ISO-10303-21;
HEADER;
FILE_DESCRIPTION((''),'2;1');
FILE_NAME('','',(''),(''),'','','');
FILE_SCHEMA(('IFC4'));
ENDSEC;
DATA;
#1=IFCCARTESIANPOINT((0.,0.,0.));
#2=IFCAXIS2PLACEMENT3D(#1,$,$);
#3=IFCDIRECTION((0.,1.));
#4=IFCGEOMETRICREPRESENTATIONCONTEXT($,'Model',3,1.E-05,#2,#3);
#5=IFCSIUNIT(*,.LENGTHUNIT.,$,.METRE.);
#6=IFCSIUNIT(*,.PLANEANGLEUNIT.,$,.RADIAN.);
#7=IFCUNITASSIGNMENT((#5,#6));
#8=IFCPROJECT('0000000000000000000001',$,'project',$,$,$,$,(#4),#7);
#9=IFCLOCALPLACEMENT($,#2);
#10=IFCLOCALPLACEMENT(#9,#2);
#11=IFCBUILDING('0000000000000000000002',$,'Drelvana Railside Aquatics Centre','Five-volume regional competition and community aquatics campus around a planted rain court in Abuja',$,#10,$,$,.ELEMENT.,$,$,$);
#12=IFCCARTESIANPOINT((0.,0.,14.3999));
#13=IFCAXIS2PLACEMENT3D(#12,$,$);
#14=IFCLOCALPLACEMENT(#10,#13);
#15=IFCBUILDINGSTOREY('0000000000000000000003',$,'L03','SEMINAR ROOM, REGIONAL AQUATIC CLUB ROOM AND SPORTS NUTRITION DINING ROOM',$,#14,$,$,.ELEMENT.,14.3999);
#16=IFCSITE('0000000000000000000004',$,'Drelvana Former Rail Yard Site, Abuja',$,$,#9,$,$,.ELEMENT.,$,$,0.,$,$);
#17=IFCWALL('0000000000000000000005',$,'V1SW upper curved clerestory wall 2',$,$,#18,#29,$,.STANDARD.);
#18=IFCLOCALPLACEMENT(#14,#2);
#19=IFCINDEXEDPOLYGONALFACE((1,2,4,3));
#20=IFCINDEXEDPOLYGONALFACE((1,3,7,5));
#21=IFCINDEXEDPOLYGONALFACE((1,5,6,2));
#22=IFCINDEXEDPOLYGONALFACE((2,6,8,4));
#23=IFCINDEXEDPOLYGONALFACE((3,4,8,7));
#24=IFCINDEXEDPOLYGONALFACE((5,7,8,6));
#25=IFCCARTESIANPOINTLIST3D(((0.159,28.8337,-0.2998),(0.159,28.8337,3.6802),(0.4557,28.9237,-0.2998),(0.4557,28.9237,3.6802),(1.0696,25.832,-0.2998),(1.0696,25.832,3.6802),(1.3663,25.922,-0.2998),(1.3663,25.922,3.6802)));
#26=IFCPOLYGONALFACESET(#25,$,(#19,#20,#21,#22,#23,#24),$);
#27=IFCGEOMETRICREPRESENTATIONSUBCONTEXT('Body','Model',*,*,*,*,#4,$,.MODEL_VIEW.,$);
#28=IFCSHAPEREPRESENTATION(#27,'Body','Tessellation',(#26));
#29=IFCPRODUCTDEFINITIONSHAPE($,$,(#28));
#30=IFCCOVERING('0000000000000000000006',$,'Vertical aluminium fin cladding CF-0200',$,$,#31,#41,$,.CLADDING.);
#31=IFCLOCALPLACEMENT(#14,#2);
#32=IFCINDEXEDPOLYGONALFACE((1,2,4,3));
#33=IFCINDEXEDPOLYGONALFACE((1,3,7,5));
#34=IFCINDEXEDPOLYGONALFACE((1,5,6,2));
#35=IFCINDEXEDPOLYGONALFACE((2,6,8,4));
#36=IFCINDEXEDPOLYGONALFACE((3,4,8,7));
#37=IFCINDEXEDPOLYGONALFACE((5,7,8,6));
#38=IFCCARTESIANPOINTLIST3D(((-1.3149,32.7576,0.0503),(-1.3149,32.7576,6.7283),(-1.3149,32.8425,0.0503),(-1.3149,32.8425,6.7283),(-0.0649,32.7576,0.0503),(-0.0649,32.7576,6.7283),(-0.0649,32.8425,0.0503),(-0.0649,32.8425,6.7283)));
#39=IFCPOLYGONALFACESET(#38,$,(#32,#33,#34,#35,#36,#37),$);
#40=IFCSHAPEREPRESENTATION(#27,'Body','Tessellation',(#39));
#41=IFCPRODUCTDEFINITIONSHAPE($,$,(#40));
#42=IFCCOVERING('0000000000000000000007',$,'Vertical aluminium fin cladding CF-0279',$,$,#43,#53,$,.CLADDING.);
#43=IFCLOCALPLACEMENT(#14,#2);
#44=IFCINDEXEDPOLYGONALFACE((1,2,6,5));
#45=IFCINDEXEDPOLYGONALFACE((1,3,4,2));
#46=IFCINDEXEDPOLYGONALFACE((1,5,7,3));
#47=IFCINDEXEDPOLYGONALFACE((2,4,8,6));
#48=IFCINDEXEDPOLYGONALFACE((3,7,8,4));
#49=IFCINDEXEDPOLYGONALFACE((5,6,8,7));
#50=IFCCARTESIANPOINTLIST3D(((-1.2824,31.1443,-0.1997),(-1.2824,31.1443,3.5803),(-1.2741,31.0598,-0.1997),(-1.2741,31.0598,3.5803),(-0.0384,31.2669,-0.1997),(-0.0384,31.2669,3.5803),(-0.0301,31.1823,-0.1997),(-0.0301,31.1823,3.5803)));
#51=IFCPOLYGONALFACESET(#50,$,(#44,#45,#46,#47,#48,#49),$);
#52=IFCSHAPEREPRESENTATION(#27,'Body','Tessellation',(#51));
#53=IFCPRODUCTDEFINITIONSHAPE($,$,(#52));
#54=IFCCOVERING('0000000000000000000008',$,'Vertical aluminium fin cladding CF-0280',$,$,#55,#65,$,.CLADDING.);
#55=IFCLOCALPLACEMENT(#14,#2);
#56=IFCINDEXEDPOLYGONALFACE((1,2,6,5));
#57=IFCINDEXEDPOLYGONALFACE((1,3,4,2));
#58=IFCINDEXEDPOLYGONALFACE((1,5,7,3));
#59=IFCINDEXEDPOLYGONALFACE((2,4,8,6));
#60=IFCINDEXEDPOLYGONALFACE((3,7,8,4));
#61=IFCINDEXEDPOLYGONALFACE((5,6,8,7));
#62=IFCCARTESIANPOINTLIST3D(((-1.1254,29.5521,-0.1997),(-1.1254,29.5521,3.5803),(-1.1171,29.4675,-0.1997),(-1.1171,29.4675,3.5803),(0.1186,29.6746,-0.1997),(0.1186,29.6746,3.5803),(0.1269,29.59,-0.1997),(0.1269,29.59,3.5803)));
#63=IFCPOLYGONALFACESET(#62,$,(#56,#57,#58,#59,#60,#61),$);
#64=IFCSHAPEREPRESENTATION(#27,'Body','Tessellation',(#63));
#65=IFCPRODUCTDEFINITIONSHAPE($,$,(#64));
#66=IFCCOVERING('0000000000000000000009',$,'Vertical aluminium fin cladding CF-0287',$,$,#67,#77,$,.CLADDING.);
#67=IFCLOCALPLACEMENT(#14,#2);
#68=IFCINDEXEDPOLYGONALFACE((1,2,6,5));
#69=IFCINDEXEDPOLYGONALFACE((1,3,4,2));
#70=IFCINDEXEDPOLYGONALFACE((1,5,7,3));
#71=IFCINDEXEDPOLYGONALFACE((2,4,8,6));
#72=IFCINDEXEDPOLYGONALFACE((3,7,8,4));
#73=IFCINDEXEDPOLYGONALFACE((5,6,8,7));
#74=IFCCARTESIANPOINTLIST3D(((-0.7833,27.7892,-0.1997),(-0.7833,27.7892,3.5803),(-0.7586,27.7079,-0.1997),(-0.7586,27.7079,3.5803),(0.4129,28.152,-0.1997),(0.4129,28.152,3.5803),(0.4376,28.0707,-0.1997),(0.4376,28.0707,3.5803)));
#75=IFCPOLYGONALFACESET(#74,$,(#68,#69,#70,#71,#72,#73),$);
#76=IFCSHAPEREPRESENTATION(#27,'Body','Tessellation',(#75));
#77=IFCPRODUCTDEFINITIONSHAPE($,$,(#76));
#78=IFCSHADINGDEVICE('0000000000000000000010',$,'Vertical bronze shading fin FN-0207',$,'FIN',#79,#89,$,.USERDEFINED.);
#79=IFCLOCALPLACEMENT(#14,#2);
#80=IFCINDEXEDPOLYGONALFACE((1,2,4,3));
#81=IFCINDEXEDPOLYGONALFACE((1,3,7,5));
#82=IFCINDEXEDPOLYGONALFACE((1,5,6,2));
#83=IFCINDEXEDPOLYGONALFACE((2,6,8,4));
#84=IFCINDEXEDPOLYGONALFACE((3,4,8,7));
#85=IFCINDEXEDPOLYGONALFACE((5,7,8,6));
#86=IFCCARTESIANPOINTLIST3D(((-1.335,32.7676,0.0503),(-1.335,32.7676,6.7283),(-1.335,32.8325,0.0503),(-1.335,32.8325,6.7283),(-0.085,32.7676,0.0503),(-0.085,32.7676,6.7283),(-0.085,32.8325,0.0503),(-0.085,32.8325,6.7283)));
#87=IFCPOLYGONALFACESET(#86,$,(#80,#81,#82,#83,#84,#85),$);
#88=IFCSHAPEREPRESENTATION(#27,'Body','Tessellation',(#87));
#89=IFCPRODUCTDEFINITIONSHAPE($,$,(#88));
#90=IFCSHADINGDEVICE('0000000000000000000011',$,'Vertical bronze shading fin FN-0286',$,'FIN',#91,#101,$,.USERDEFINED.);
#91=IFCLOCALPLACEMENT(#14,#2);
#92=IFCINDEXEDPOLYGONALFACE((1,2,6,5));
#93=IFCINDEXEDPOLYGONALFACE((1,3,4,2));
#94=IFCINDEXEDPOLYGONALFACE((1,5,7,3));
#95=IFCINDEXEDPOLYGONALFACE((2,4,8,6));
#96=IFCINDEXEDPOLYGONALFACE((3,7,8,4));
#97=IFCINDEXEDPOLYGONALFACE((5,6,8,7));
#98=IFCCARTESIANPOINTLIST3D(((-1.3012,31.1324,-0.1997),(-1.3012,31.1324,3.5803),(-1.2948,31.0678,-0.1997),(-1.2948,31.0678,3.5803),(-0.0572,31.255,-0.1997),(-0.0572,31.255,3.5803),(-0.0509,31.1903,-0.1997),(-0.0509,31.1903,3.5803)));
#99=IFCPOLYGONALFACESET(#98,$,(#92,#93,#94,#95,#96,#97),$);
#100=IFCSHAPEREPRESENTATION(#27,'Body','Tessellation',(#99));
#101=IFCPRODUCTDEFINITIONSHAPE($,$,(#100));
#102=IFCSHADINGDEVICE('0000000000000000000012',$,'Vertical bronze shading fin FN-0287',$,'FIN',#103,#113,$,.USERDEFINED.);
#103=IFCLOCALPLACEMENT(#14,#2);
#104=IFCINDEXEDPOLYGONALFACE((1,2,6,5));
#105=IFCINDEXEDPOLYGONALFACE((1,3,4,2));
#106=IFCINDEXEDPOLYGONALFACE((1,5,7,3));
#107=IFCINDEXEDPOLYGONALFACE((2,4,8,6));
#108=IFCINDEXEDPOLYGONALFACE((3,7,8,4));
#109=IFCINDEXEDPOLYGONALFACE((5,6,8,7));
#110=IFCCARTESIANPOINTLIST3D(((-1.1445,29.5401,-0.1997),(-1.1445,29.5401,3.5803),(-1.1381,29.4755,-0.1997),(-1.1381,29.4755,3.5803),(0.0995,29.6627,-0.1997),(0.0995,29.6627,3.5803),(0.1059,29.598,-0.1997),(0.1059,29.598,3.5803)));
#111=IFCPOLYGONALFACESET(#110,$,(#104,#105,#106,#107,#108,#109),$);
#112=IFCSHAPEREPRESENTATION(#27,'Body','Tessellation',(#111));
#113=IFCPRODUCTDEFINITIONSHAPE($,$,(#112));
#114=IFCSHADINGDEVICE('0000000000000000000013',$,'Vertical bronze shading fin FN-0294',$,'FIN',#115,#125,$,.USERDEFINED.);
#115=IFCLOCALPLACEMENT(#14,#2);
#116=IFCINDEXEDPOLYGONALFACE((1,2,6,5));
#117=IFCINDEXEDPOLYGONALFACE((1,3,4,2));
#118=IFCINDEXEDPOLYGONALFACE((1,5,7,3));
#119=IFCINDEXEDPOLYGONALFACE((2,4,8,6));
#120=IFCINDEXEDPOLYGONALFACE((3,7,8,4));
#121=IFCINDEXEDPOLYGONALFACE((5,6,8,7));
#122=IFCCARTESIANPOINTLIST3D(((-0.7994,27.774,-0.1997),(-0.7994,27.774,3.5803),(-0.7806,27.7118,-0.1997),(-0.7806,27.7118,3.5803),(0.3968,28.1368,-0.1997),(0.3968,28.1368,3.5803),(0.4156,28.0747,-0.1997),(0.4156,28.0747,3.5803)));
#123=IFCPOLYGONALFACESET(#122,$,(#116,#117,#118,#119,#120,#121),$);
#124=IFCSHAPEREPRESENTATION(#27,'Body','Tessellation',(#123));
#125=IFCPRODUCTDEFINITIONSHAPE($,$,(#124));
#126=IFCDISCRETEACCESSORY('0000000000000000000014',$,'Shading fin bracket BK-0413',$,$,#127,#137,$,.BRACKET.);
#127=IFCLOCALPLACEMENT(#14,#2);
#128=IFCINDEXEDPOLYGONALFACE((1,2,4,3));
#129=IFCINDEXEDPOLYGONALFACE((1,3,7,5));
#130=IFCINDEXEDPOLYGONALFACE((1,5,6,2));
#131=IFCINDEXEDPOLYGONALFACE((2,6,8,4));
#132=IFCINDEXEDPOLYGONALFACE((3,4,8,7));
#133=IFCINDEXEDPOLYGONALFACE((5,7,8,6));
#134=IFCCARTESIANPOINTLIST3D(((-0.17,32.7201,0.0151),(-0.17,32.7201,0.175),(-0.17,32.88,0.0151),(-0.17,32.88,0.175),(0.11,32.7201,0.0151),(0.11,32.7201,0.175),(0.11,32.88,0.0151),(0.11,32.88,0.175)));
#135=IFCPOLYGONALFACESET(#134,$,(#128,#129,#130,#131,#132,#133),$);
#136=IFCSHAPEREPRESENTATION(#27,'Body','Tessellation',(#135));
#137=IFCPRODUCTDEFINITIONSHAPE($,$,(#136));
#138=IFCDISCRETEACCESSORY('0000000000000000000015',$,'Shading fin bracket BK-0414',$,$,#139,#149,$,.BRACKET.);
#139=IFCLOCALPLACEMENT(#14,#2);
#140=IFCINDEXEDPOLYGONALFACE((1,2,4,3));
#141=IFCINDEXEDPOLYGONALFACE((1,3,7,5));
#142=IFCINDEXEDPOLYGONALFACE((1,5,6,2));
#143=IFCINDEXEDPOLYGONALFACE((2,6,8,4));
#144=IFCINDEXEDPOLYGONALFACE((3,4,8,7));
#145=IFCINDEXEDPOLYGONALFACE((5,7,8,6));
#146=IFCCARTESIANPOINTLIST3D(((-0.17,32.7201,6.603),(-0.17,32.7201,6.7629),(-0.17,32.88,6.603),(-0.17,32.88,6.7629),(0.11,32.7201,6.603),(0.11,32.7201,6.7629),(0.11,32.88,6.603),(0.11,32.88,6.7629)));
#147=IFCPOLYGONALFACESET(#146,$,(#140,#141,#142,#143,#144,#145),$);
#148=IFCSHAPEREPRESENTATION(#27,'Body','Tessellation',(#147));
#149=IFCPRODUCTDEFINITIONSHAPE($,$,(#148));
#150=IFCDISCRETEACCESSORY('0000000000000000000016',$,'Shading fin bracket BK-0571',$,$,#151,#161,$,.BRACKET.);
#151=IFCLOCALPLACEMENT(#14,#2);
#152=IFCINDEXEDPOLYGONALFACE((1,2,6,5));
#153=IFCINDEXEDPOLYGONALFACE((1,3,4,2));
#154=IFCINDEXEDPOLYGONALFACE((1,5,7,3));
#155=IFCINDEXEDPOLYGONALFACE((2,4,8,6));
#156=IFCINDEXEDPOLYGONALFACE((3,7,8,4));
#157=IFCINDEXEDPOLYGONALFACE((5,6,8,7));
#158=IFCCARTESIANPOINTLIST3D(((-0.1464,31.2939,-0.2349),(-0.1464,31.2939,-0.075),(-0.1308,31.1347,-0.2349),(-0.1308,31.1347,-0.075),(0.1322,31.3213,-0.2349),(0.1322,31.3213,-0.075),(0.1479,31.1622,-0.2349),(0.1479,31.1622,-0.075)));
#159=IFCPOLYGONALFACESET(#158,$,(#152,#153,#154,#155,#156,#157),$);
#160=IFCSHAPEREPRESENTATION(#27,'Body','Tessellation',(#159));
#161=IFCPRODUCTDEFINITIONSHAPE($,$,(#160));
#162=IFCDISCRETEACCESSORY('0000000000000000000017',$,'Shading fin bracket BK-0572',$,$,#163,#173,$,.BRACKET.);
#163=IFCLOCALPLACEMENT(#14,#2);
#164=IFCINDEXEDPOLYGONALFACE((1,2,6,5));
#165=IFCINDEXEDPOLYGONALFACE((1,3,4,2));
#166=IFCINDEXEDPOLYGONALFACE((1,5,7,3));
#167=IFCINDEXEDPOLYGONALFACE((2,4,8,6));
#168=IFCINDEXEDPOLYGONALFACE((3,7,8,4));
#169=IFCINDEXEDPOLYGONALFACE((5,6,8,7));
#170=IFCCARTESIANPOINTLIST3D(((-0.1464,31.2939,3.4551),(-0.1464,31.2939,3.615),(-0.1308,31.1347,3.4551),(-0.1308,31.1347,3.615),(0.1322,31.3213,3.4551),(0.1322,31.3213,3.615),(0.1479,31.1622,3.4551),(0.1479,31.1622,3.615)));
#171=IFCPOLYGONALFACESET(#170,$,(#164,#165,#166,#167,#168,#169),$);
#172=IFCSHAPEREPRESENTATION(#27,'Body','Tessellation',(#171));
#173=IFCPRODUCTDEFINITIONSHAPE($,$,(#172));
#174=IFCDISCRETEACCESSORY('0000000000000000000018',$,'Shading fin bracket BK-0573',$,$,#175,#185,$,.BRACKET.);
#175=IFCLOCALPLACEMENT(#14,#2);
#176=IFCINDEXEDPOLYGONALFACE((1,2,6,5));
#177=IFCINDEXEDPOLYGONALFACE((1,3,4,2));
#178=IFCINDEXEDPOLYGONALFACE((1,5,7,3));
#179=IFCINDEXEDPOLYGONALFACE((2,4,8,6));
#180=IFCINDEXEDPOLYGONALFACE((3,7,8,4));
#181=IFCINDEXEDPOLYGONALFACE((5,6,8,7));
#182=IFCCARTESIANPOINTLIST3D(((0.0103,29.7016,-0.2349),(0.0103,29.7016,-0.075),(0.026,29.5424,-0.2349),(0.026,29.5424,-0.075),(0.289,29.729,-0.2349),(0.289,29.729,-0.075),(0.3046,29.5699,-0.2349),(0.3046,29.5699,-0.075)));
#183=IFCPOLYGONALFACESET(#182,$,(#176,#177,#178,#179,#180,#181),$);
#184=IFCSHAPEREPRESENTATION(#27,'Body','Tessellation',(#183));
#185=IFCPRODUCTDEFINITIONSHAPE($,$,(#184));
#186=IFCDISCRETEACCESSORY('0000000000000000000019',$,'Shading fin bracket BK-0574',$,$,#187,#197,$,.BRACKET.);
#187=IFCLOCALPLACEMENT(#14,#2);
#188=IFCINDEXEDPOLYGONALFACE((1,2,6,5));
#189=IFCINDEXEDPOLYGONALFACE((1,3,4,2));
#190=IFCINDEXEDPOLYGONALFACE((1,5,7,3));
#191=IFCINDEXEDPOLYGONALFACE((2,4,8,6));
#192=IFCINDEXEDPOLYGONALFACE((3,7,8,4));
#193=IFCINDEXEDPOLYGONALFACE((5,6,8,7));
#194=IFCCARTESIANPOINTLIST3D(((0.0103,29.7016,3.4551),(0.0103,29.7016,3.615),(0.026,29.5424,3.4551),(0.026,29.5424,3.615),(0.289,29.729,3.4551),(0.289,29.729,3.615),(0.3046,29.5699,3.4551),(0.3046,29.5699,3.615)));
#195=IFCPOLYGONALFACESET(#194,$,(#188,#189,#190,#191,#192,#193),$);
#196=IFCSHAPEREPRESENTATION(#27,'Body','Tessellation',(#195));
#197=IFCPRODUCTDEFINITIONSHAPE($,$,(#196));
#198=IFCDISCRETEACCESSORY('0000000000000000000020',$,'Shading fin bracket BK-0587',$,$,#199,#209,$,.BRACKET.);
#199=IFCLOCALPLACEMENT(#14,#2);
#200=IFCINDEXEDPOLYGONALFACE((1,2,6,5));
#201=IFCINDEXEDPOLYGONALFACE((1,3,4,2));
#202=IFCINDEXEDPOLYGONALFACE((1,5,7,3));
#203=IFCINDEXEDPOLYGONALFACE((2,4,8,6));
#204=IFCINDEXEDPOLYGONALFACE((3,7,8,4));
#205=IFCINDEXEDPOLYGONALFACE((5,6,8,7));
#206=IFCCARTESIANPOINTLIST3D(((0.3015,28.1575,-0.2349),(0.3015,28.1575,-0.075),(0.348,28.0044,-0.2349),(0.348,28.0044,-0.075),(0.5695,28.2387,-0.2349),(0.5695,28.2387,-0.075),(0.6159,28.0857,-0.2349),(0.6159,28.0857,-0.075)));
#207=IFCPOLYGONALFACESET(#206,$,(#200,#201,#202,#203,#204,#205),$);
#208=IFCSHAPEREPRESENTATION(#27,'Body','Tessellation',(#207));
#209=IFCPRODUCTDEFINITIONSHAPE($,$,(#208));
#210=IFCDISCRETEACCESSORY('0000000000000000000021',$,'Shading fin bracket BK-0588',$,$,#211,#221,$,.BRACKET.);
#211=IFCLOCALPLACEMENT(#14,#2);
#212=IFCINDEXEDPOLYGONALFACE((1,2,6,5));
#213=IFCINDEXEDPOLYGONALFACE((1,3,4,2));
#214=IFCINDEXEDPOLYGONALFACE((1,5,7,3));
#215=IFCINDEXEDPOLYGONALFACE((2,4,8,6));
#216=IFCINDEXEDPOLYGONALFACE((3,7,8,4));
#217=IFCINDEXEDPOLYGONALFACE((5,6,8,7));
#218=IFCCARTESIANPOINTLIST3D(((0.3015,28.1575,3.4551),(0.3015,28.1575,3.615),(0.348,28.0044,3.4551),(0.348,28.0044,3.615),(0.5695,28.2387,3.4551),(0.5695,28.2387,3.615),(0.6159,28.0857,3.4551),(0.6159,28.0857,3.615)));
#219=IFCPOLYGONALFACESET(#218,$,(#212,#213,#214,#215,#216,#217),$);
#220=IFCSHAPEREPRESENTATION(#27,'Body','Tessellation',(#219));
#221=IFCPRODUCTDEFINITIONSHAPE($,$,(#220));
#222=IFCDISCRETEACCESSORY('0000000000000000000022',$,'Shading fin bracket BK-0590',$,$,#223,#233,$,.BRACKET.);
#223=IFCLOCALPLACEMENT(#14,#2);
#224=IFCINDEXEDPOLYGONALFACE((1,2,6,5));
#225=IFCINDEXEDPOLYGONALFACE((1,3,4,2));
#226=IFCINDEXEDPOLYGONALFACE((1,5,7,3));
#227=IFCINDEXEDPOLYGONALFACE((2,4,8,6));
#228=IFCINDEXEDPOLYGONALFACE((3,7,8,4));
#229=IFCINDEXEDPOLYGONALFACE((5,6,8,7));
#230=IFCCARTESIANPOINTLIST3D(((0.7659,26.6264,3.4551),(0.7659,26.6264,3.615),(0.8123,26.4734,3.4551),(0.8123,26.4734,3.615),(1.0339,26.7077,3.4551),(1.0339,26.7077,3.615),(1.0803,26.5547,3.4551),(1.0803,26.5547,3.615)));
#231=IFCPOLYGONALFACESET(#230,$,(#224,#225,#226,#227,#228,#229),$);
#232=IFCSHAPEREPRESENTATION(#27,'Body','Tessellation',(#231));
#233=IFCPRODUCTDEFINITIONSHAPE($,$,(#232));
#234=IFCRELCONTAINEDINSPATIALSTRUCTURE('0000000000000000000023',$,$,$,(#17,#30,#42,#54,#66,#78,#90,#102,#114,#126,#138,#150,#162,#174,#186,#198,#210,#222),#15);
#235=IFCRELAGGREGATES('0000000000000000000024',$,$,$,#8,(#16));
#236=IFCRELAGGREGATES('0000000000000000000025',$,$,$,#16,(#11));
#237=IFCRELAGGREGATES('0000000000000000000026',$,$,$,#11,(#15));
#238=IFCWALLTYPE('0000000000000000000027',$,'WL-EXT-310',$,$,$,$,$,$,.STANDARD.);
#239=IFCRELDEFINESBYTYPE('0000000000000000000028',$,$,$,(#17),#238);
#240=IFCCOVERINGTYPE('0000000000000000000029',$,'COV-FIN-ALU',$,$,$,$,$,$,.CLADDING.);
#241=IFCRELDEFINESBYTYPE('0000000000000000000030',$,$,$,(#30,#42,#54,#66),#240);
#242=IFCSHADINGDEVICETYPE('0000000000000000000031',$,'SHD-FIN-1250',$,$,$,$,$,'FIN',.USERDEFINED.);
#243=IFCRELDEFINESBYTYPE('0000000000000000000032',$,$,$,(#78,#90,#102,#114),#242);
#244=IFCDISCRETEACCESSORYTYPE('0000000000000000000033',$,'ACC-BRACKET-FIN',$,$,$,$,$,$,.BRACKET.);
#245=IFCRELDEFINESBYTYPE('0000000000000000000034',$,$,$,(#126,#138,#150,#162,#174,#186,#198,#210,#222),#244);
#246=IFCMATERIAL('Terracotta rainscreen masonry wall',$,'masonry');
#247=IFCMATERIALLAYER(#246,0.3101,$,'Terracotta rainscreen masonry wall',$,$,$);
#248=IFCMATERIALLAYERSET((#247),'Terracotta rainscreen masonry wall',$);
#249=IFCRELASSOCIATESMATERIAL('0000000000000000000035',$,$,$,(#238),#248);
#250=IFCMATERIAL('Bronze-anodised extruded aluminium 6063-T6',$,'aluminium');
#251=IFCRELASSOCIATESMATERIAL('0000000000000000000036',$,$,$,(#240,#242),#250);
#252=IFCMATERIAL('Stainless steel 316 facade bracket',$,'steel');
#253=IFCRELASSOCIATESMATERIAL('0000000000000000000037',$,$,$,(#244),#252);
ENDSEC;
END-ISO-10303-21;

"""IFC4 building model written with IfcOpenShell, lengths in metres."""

from ifc_helpers import new_model, si_unit, direction, frame, frame_2d, origin, origin_2d, place, context, subcontext, project, spatial, rectangle, extrude, material, layer, layer_set, type_object, element, save


model = new_model("IFC4")

# Units and contexts
model_context = context("Model", 3, precision=1e-05, world=origin(), true_north=direction((0.0, 1.0)))
body_context = subcontext(model_context, "Body", "Model", "MODEL_VIEW")
ifc_project = project(units=[si_unit("LENGTHUNIT", "METRE"), si_unit("PLANEANGLEUNIT", "RADIAN")], contexts=[model_context])

# Site, building, storey
site_placement = place(None, origin())
site = spatial("IfcSite", under=ifc_project, at=site_placement, Name="Drelvana Former Rail Yard Site, Abuja", CompositionType="ELEMENT", RefElevation=0.0)
building_placement = place(site_placement, origin())
building = spatial("IfcBuilding", under=site, at=building_placement, Name="Drelvana Railside Aquatics Centre", Description="Five-volume regional competition and community aquatics campus around a planted rain court in Abuja", CompositionType="ELEMENT")
storey_placement = place(building_placement, frame((0.0, 0.0, 14.3999)))
storey = spatial("IfcBuildingStorey", under=building, at=storey_placement, Name="L03", Description="SEMINAR ROOM, REGIONAL AQUATIC CLUB ROOM AND SPORTS NUTRITION DINING ROOM", CompositionType="ELEMENT", Elevation=14.3999)

# Wall
ifc_material_1 = material(Name="Terracotta rainscreen masonry wall", Category="masonry")
ifc_layer_1 = layer(ifc_material_1, 0.3101, Name="Terracotta rainscreen masonry wall")
ifc_layer_set_1 = layer_set([ifc_layer_1], Name="Terracotta rainscreen masonry wall")
wall_type = type_object("IfcWallType", Name="WL-EXT-310", PredefinedType="STANDARD", material=ifc_layer_set_1)
wall_1_placement = place(storey_placement, frame((0.3074, 28.8787, -0.2998), z_axis=(0.0, 0.0, 1.0), x_axis=(0.29031, -0.956933, 0.0)))
element("IfcWall", 1, at=wall_1_placement, inside=storey, type_object=wall_type, Name="V1SW upper curved clerestory wall 2", PredefinedType="STANDARD", context=body_context, shape_type="SweptSolid", body=[
    extrude(rectangle(XDim=3.1367, YDim=0.3101, at=frame_2d((1.5684, 0.0))), origin(), (0.0, 0.0, 1.0), 3.98),
])

# Coverings
ifc_material_2 = material(Name="Bronze-anodised extruded aluminium 6063-T6", Category="aluminium")
covering_type = type_object("IfcCoveringType", Name="COV-FIN-ALU", PredefinedType="CLADDING", material=ifc_material_2)
covering_placement = place(storey_placement, frame((-0.6899, 32.8, 0.0503), z_axis=(0.0, 0.0, 1.0), x_axis=(0.0, 1.0, 0.0)))
element("IfcCovering", 2, at=covering_placement, inside=storey, type_object=covering_type, Name="Vertical aluminium fin cladding CF-0200", PredefinedType="CLADDING", context=body_context, shape_type="SweptSolid", body=[
    extrude(rectangle(XDim=0.085, YDim=1.25, at=origin_2d()), origin(), (0.0, 0.0, 1.0), 6.678),
])
for number, where, z_axis, x_axis, name in (
    (3, (-0.6562, 31.1633, -0.1997), (0.0, 0.0, 1.0), (-0.098017, 0.995185, 0.0), "Vertical aluminium fin cladding CF-0279"),
    (4, (-0.4993, 29.571, -0.1997), (0.0, 0.0, 1.0), (-0.098017, 0.995185, 0.0), "Vertical aluminium fin cladding CF-0280"),
    (5, (-0.1729, 27.9299, -0.1997), (0.0, 0.0, 1.0), (-0.290285, 0.95694, 0.0), "Vertical aluminium fin cladding CF-0287"),
):
    element("IfcCovering", number, at=place(storey_placement, frame(where, z_axis=z_axis, x_axis=x_axis)), inside=storey, type_object=covering_type, Name=name, PredefinedType="CLADDING", context=body_context, shape_type="SweptSolid", body=[
        extrude(rectangle(XDim=0.085, YDim=1.25, at=origin_2d()), origin(), (0.0, 0.0, 1.0), 3.78),
    ])

# Shading devices
shading_device_type = type_object("IfcShadingDeviceType", Name="SHD-FIN-1250", ElementType="FIN", PredefinedType="USERDEFINED", material=ifc_material_2)
shading_device_placement = place(storey_placement, frame((-0.71, 32.8, 0.0503), z_axis=(0.0, 0.0, 1.0), x_axis=(-1.0, 0.0, 0.0)))
element("IfcShadingDevice", 6, at=shading_device_placement, inside=storey, type_object=shading_device_type, Name="Vertical bronze shading fin FN-0207", ObjectType="FIN", PredefinedType="USERDEFINED", context=body_context, shape_type="SweptSolid", body=[
    extrude(rectangle(XDim=1.25, YDim=0.0649, at=origin_2d()), origin(), (0.0, 0.0, 1.0), 6.678),
])
for number, where, z_axis, x_axis, name in (
    (7, (-0.676, 31.1614, -0.1997), (0.0, 0.0, 1.0), (-0.995185, -0.098017, 0.0), "Vertical bronze shading fin FN-0286"),
    (8, (-0.5193, 29.5691, -0.1997), (0.0, 0.0, 1.0), (-0.995185, -0.098017, 0.0), "Vertical bronze shading fin FN-0287"),
    (9, (-0.1919, 27.9243, -0.1997), (0.0, 0.0, 1.0), (-0.95694, -0.290285, 0.0), "Vertical bronze shading fin FN-0294"),
):
    element("IfcShadingDevice", number, at=place(storey_placement, frame(where, z_axis=z_axis, x_axis=x_axis)), inside=storey, type_object=shading_device_type, Name=name, ObjectType="FIN", PredefinedType="USERDEFINED", context=body_context, shape_type="SweptSolid", body=[
        extrude(rectangle(XDim=1.25, YDim=0.0649, at=origin_2d()), origin(), (0.0, 0.0, 1.0), 3.78),
    ])

# Discrete accessories
ifc_material_3 = material(Name="Stainless steel 316 facade bracket", Category="steel")
discrete_accessory_type = type_object("IfcDiscreteAccessoryType", Name="ACC-BRACKET-FIN", PredefinedType="BRACKET", material=ifc_material_3)
for number, where, z_axis, x_axis, name in (
    (10, (-0.03, 32.8, 0.0151), (0.0, 0.0, 1.0), (-1.0, 0.0, 0.0), "Shading fin bracket BK-0413"),
    (11, (-0.03, 32.8, 6.603), (0.0, 0.0, 1.0), (-1.0, 0.0, 0.0), "Shading fin bracket BK-0414"),
    (12, (0.0007, 31.228, -0.2349), (0.0, 0.0, 1.0), (-0.995185, -0.098017, 0.0), "Shading fin bracket BK-0571"),
    (13, (0.0007, 31.228, 3.4551), (0.0, 0.0, 1.0), (-0.995185, -0.098017, 0.0), "Shading fin bracket BK-0572"),
    (14, (0.1575, 29.6357, -0.2349), (0.0, 0.0, 1.0), (-0.995185, -0.098017, 0.0), "Shading fin bracket BK-0573"),
    (15, (0.1575, 29.6357, 3.4551), (0.0, 0.0, 1.0), (-0.995185, -0.098017, 0.0), "Shading fin bracket BK-0574"),
    (16, (0.4587, 28.1216, -0.2349), (0.0, 0.0, 1.0), (-0.95694, -0.290285, 0.0), "Shading fin bracket BK-0587"),
    (17, (0.4587, 28.1216, 3.4551), (0.0, 0.0, 1.0), (-0.95694, -0.290285, 0.0), "Shading fin bracket BK-0588"),
    (18, (0.9231, 26.5906, 3.4551), (0.0, 0.0, 1.0), (-0.95694, -0.290285, 0.0), "Shading fin bracket BK-0590"),
):
    element("IfcDiscreteAccessory", number, at=place(storey_placement, frame(where, z_axis=z_axis, x_axis=x_axis)), inside=storey, type_object=discrete_accessory_type, Name=name, PredefinedType="BRACKET", context=body_context, shape_type="SweptSolid", body=[
        extrude(rectangle(XDim=0.28, YDim=0.1599, at=origin_2d()), origin(), (0.0, 0.0, 1.0), 0.1599),
    ])

save(model, "model.ifc")
